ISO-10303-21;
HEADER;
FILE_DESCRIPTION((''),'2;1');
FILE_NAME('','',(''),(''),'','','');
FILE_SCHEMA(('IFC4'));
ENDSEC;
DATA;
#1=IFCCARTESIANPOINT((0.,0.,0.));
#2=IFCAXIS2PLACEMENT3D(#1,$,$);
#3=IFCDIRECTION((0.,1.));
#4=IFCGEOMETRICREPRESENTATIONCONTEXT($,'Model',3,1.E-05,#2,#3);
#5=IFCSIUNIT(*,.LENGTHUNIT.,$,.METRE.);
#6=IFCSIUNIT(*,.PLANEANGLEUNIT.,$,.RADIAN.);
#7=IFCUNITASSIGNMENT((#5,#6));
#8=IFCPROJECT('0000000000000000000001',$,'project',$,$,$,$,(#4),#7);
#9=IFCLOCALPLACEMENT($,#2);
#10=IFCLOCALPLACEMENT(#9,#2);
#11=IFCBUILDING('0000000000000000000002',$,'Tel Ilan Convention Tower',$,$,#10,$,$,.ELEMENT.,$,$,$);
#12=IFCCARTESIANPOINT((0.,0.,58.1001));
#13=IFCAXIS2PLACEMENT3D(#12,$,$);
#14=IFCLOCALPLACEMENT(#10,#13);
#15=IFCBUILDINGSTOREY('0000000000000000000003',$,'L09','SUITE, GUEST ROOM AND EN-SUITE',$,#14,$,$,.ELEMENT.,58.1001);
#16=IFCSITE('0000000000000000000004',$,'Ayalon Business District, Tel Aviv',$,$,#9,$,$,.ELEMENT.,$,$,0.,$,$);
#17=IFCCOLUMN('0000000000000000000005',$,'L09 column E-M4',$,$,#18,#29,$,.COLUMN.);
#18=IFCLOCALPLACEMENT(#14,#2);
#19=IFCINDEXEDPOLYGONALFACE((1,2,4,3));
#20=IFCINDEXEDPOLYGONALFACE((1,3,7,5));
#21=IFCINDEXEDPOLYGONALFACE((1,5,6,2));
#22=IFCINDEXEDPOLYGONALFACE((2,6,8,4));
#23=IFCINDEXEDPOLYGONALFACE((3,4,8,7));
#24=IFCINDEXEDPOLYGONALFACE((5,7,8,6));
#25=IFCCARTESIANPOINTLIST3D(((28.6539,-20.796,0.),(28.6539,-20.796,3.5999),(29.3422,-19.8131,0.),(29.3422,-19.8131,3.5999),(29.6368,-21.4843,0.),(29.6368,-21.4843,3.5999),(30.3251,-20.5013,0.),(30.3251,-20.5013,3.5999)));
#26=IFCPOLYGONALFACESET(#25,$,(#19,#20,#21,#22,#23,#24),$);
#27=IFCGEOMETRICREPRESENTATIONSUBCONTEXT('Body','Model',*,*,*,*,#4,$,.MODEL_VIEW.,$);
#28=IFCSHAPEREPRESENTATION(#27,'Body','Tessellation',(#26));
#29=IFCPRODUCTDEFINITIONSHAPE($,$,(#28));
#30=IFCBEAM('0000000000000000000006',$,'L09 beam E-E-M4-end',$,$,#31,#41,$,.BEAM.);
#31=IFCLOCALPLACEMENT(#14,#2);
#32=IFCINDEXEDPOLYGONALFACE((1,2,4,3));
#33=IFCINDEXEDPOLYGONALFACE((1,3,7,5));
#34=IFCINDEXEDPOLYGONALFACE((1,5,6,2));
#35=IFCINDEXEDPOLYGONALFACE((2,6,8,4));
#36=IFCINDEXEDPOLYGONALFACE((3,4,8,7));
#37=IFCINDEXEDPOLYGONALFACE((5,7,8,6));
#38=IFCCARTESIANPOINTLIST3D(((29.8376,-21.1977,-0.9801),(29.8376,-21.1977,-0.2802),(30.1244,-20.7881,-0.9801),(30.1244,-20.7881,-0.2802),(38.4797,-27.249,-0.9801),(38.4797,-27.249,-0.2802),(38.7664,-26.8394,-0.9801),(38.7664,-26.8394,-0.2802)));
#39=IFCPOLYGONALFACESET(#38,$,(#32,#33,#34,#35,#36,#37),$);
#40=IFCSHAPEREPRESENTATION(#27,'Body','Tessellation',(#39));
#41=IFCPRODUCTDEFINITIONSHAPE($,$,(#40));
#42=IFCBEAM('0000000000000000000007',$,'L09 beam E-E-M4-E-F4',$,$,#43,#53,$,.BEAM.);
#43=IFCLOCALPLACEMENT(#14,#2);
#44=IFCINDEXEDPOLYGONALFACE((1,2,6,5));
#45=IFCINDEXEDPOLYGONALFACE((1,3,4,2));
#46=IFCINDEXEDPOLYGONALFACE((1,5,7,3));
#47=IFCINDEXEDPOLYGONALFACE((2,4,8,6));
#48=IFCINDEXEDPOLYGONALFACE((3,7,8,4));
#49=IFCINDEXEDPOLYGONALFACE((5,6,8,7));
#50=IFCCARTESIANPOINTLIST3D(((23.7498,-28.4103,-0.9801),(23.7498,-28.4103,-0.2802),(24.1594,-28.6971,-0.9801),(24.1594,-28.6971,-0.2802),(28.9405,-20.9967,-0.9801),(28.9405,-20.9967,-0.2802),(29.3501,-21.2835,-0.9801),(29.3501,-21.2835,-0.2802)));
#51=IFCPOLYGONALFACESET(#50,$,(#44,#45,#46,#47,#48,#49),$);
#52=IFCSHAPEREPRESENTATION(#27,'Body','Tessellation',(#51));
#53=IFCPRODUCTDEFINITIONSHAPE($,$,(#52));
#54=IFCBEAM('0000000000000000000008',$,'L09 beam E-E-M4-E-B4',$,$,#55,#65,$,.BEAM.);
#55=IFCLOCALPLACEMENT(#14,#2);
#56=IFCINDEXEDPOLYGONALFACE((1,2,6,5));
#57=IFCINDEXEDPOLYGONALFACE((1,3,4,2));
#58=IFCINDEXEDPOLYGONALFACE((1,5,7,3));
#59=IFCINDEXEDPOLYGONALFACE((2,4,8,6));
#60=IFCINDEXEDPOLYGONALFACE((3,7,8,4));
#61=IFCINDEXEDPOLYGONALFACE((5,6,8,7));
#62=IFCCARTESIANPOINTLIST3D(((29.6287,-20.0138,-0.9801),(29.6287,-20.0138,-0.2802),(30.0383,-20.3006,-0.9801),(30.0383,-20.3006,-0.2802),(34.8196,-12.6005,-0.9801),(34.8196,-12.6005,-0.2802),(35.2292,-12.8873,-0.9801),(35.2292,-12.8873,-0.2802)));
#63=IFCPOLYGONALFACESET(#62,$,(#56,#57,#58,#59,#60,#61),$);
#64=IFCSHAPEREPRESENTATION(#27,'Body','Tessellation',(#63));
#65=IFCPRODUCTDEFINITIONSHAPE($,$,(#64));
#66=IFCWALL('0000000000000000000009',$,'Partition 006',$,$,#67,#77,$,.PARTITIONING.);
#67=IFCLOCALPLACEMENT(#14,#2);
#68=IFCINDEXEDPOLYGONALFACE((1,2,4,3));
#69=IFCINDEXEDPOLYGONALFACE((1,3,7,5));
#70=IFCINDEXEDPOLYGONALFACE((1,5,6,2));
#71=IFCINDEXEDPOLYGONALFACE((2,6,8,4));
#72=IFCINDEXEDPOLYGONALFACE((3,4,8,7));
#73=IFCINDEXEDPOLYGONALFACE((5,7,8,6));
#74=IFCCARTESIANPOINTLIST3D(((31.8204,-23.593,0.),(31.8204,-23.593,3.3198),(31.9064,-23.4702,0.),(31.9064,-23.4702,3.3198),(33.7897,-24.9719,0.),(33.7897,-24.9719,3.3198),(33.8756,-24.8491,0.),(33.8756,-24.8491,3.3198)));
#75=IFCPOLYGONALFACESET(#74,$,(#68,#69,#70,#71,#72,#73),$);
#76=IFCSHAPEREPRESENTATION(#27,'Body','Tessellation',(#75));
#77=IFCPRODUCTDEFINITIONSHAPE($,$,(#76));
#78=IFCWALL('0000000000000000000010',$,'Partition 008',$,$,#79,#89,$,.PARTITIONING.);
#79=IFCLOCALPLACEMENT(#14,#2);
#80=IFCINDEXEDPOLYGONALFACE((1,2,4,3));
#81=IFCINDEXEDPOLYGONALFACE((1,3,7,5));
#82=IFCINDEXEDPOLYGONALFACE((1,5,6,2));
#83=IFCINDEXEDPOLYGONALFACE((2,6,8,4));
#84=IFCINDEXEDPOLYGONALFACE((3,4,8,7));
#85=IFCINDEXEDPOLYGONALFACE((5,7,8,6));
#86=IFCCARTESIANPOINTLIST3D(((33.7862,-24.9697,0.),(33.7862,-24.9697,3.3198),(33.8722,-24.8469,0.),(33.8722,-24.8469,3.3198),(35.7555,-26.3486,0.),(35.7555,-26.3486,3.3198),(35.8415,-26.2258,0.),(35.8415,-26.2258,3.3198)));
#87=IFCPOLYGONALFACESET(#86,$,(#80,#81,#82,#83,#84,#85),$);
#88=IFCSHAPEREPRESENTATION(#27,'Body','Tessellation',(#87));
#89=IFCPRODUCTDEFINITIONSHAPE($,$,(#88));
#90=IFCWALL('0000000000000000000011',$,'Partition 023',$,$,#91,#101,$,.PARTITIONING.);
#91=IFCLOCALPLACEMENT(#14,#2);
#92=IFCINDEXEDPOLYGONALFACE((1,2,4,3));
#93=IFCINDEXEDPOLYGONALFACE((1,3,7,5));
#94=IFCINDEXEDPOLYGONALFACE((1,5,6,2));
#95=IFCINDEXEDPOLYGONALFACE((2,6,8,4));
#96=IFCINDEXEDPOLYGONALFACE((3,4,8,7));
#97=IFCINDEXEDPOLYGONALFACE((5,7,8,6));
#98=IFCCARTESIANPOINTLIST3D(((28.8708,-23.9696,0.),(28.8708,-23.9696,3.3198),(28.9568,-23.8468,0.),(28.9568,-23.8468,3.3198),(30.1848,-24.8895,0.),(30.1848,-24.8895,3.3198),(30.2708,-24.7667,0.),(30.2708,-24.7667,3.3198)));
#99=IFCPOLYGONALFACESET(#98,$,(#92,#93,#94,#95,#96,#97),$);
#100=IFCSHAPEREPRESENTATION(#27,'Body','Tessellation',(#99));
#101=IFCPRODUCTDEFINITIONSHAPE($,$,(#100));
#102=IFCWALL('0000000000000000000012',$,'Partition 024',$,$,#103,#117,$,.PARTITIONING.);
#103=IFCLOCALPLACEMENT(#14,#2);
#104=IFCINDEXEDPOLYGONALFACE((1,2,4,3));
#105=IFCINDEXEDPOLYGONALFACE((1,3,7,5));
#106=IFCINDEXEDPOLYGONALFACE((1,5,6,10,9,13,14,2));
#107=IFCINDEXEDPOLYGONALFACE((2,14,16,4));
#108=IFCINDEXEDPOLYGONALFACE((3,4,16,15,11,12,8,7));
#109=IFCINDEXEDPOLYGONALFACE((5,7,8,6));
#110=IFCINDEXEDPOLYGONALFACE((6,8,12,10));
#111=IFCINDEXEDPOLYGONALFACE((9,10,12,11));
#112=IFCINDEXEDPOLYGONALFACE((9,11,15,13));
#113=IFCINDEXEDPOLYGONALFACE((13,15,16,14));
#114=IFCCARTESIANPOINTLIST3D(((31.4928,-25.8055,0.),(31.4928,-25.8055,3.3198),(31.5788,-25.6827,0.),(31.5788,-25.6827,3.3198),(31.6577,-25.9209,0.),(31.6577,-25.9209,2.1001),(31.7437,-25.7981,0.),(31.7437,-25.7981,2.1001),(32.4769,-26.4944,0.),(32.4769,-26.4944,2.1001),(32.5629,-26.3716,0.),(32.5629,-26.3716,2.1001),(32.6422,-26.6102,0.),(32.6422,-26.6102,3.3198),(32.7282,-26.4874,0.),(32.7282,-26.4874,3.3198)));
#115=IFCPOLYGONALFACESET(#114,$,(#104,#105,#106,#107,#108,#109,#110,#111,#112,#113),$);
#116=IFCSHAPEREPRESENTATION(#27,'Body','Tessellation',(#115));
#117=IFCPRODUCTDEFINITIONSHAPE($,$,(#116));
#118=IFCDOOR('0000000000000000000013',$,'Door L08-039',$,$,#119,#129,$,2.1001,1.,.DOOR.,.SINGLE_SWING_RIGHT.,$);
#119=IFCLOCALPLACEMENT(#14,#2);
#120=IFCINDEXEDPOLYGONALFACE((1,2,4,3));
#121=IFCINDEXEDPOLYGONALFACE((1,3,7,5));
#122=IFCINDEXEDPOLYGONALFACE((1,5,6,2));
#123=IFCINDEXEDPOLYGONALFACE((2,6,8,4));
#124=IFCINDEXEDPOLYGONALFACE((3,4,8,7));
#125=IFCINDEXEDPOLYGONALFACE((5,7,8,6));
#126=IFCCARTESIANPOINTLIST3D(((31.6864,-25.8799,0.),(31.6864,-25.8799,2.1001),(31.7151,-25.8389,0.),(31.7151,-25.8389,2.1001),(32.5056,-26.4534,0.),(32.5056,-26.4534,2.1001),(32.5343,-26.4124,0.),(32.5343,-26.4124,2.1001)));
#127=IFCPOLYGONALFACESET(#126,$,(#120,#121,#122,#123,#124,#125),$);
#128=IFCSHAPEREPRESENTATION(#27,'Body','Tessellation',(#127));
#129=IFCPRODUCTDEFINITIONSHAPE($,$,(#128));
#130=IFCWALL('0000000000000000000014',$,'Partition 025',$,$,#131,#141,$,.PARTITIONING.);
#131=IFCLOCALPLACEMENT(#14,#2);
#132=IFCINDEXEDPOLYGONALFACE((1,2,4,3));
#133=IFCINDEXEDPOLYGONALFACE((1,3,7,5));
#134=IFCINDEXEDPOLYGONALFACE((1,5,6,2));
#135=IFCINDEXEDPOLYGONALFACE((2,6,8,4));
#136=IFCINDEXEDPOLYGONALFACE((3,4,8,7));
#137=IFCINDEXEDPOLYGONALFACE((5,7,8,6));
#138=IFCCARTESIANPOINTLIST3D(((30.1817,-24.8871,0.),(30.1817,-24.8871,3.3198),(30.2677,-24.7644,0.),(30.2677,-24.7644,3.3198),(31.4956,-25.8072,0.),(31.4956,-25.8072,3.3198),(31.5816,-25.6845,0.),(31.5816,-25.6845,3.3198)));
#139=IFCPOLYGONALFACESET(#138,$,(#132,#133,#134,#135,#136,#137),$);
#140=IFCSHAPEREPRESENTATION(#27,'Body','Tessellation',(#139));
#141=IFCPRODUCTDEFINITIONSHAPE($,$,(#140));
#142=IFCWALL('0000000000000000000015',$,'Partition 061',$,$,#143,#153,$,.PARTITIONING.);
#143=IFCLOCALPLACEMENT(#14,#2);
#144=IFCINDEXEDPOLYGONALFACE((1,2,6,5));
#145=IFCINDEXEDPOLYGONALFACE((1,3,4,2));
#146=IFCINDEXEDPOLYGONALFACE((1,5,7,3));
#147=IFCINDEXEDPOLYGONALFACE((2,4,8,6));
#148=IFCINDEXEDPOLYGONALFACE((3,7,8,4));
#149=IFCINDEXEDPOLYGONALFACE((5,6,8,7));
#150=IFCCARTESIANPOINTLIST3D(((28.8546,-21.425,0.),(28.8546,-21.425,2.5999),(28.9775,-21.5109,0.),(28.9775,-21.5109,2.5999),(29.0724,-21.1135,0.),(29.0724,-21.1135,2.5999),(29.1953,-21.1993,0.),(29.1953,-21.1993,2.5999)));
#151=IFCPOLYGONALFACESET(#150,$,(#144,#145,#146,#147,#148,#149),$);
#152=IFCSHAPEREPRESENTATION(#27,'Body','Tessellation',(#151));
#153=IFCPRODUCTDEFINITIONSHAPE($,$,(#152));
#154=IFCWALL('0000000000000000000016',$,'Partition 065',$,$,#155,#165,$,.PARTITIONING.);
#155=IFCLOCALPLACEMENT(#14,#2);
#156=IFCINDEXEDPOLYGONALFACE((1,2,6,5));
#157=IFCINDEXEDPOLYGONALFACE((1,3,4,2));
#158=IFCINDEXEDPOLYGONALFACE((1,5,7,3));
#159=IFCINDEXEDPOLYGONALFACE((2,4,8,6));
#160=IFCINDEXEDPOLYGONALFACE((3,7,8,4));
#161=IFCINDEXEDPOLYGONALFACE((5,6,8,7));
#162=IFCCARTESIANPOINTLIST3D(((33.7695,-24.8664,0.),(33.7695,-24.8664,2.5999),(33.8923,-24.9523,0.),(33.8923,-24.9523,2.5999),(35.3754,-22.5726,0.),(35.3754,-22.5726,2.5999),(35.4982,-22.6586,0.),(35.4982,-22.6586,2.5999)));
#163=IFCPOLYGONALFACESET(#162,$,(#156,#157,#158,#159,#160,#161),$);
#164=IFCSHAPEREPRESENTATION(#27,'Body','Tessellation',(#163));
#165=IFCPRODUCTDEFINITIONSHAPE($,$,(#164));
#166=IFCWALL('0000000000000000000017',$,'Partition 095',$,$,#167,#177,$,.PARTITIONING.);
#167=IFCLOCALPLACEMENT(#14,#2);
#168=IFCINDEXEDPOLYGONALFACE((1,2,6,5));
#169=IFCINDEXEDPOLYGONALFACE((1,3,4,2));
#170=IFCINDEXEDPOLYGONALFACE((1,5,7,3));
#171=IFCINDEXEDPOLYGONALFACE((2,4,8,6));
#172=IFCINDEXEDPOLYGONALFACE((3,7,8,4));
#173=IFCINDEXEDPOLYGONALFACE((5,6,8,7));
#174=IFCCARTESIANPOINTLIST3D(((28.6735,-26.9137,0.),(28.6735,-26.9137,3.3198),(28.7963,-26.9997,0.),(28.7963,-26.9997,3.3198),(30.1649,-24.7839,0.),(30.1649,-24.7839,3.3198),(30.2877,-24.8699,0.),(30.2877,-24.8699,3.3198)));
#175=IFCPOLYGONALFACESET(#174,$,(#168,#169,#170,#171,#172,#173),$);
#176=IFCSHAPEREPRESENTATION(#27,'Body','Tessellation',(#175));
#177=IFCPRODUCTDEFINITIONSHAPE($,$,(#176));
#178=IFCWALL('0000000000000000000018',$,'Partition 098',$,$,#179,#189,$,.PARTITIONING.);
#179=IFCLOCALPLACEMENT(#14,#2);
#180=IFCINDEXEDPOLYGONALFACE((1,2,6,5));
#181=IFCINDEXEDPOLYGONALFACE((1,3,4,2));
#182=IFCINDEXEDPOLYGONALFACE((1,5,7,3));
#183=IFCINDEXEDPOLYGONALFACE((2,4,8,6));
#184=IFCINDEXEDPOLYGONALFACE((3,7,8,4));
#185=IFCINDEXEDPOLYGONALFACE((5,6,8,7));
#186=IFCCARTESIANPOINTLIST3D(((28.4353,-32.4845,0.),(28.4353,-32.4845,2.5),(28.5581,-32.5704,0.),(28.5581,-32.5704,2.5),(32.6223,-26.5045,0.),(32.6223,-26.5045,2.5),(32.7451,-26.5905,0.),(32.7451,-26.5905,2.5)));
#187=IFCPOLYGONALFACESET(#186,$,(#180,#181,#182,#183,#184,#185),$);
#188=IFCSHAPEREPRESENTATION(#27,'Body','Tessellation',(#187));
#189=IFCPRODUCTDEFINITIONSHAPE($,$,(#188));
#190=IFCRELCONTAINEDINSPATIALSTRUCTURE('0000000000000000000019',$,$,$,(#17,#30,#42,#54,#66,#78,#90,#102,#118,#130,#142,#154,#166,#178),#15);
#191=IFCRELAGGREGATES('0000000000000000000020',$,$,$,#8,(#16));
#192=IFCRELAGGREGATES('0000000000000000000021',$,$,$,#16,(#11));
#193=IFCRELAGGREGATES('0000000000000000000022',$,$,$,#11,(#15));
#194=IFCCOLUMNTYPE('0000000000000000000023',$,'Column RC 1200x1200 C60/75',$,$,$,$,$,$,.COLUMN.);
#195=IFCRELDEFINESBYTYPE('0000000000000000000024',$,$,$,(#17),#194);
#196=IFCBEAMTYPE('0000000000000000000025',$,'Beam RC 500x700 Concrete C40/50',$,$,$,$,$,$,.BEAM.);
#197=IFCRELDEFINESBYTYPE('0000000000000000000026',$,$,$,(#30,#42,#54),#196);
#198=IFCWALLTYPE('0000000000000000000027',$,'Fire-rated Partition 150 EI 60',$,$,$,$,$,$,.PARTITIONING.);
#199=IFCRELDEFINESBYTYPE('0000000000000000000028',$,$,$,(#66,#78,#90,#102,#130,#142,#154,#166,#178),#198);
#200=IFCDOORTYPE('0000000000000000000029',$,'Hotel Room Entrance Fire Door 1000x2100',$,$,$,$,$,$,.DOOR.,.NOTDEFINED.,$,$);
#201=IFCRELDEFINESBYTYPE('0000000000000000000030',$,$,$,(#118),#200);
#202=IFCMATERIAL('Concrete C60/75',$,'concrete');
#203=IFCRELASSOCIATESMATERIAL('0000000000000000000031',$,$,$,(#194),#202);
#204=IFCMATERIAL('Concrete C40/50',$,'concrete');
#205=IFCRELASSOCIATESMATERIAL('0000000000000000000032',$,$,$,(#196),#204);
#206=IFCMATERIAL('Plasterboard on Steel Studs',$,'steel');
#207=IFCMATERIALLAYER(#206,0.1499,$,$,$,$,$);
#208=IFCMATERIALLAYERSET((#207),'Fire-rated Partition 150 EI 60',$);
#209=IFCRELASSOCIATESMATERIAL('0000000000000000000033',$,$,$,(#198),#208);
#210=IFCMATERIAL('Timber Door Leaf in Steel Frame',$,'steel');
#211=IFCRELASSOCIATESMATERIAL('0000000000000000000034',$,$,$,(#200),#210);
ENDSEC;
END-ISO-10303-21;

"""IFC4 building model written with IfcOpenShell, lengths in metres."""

from ifc_helpers import new_model, si_unit, direction, frame, frame_2d, origin, origin_2d, place, context, subcontext, project, spatial, rectangle, extrude, material, layer, layer_set, material_profile, profile_set, type_object, element, fill, save


model = new_model("IFC4")

# Units and contexts
model_context = context("Model", 3, precision=1e-05, world=origin(), true_north=direction((0.0, 1.0)))
body_context = subcontext(model_context, "Body", "Model", "MODEL_VIEW")
ifc_project = project(units=[si_unit("LENGTHUNIT", "METRE"), si_unit("PLANEANGLEUNIT", "RADIAN")], contexts=[model_context])

# Site, building, storey
site_placement = place(None, origin())
site = spatial("IfcSite", under=ifc_project, at=site_placement, Name="Ayalon Business District, Tel Aviv", CompositionType="ELEMENT", RefElevation=0.0)
building_placement = place(site_placement, origin())
building = spatial("IfcBuilding", under=site, at=building_placement, Name="Tel Ilan Convention Tower", CompositionType="ELEMENT")
storey_placement = place(building_placement, frame((0.0, 0.0, 58.1001)))
storey = spatial("IfcBuildingStorey", under=building, at=storey_placement, Name="L09", Description="SUITE, GUEST ROOM AND EN-SUITE", CompositionType="ELEMENT", Elevation=58.1001)

# Column
ifc_material_1 = material(Name="Concrete C60/75", Category="concrete")
ifc_material_profile_1 = material_profile(ifc_material_1, rectangle(XDim=1.2, YDim=1.2, at=origin_2d()), Name="RC 1200x1200")
ifc_profile_set_1 = profile_set([ifc_material_profile_1], Name="Concrete C60/75")
column_type = type_object("IfcColumnType", Name="Column RC 1200x1200 C60/75", PredefinedType="COLUMN", material=ifc_profile_set_1)
column_placement = place(storey_placement, frame((29.4895, -20.6487, 0.0), z_axis=(0.0, 0.0, 1.0), x_axis=(0.819152, -0.573576, 0.0)))
element("IfcColumn", 1, at=column_placement, inside=storey, type_object=column_type, Name="L09 column E-M4", PredefinedType="COLUMN", context=body_context, shape_type="SweptSolid", body=[
    extrude(rectangle(XDim=1.2, YDim=1.2, at=origin_2d()), origin(), (0.0, 0.0, 1.0), 3.5999),
])

# Beams
ifc_material_2 = material(Name="Concrete C40/50", Category="concrete")
ifc_material_profile_2 = material_profile(ifc_material_2, rectangle(XDim=0.5, YDim=0.7, at=origin_2d()), Name="RC 500x700")
ifc_profile_set_2 = profile_set([ifc_material_profile_2], Name="Concrete C40/50")
beam_type = type_object("IfcBeamType", Name="Beam RC 500x700 Concrete C40/50", PredefinedType="BEAM", material=ifc_profile_set_2)
beam_placement = place(storey_placement, frame((29.981, -20.9929, -0.6301), z_axis=(0.819151, -0.573577, 0.0), x_axis=(0.573577, 0.819151, 0.0)))
element("IfcBeam", 2, at=beam_placement, inside=storey, type_object=beam_type, Name="L09 beam E-E-M4-end", PredefinedType="BEAM", context=body_context, shape_type="SweptSolid", body=[
    extrude(rectangle(XDim=0.5, YDim=0.7, at=origin_2d()), origin(), (0.0, 0.0, 1.0), 10.55),
])
for number, where, z_axis, x_axis, name in (
    (3, (29.1453, -21.1401, -0.6301), (-0.573549, -0.819171, 0.0), (0.819171, -0.573549, 0.0), "L09 beam E-E-M4-E-F4"),
    (4, (29.8335, -20.1572, -0.6301), (0.57358, 0.81915, 0.0), (-0.81915, 0.57358, 0.0), "L09 beam E-E-M4-E-B4"),
):
    element("IfcBeam", number, at=place(storey_placement, frame(where, z_axis=z_axis, x_axis=x_axis)), inside=storey, type_object=beam_type, Name=name, PredefinedType="BEAM", context=body_context, shape_type="SweptSolid", body=[
        extrude(rectangle(XDim=0.5, YDim=0.7, at=origin_2d()), origin(), (0.0, 0.0, 1.0), 9.05),
    ])

# Walls
ifc_material_3 = material(Name="Plasterboard on Steel Studs", Category="steel")
ifc_layer_1 = layer(ifc_material_3, 0.1499)
ifc_layer_set_1 = layer_set([ifc_layer_1], Name="Fire-rated Partition 150 EI 60")
wall_type_1 = type_object("IfcWallType", Name="Fire-rated Partition 150 EI 60", PredefinedType="PARTITIONING", material=ifc_layer_set_1)
for number, where, z_axis, x_axis, name in (
    (5, (31.8633, -23.5315, 0.0), (0.0, 0.0, 1.0), (0.819146, -0.573585, 0.0), "Partition 006"),
    (6, (33.8291, -24.9082, 0.0), (0.0, 0.0, 1.0), (0.819146, -0.573585, 0.0), "Partition 008"),
):
    element("IfcWall", number, at=place(storey_placement, frame(where, z_axis=z_axis, x_axis=x_axis)), inside=storey, type_object=wall_type_1, Name=name, PredefinedType="PARTITIONING", context=body_context, shape_type="SweptSolid", body=[
        extrude(rectangle(XDim=2.4041, YDim=0.1499, at=frame_2d((1.2021, 0.0))), origin(), (0.0, 0.0, 1.0), 3.3198),
    ])
wall_1_placement = place(storey_placement, frame((30.2278, -24.8281, 0.0), z_axis=(0.0, 0.0, 1.0), x_axis=(-0.819189, 0.573524, 0.0)))
element("IfcWall", 7, at=wall_1_placement, inside=storey, type_object=wall_type_1, Name="Partition 023", PredefinedType="PARTITIONING", context=body_context, shape_type="SweptSolid", body=[
    extrude(rectangle(XDim=1.604, YDim=0.1499, at=frame_2d((0.802, 0.0))), origin(), (0.0, 0.0, 1.0), 3.3198),
])

# Wall, opening, door
wall_2_placement = place(storey_placement, frame((32.6853, -26.5488, 0.0), z_axis=(0.0, 0.0, 1.0), x_axis=(-0.819199, 0.573509, 0.0)))
wall_2 = element("IfcWall", 8, at=wall_2_placement, inside=storey, type_object=wall_type_1, Name="Partition 024", PredefinedType="PARTITIONING", context=body_context, shape_type="SweptSolid", body=[
    extrude(rectangle(XDim=1.4031, YDim=0.1499, at=frame_2d((0.7017, 0.0))), origin(), (0.0, 0.0, 1.0), 3.3198),
])
opening_1_placement = place(wall_2_placement, frame((0.2019, 0.0, 0.0)))
opening_1 = element("IfcOpeningElement", 9, at=opening_1_placement, cuts=wall_2, PredefinedType="OPENING", context=body_context, shape_type="SweptSolid", body=[
    extrude(rectangle(XDim=1.0, YDim=2.1001, at=frame_2d((0.5, 1.05))), frame((0.0, 0.085, 0.0), z_axis=(0.0, -1.0, 0.0), x_axis=(1.0, 0.0, 0.0)), (0.0, 0.0, 1.0), 0.1699),
])
ifc_material_4 = material(Name="Timber Door Leaf in Steel Frame", Category="steel")
door_type_1 = type_object("IfcDoorType", Name="Hotel Room Entrance Fire Door 1000x2100", OperationType="NOTDEFINED", PredefinedType="DOOR", material=ifc_material_4)
door_1_placement = place(opening_1_placement, origin())
door_1 = element("IfcDoor", 10, at=door_1_placement, inside=storey, type_object=door_type_1, Name="Door L08-039", OperationType="SINGLE_SWING_RIGHT", OverallHeight=2.1001, OverallWidth=1.0, PredefinedType="DOOR", context=body_context, shape_type="SweptSolid", body=[
    extrude(rectangle(XDim=1.0, YDim=2.1001, at=frame_2d((0.5, 1.05))), frame((0.0, 0.0249, 0.0), z_axis=(0.0, -1.0, 0.0), x_axis=(1.0, 0.0, 0.0)), (0.0, 0.0, 1.0), 0.05),
])
fill(opening_1, door_1)

# Walls
wall_3_placement = place(storey_placement, frame((31.5386, -25.7458, 0.0), z_axis=(0.0, 0.0, 1.0), x_axis=(-0.819118, 0.573626, 0.0)))
element("IfcWall", 11, at=wall_3_placement, inside=storey, type_object=wall_type_1, Name="Partition 025", PredefinedType="PARTITIONING", context=body_context, shape_type="SweptSolid", body=[
    extrude(rectangle(XDim=1.604, YDim=0.1499, at=frame_2d((0.802, 0.0))), origin(), (0.0, 0.0, 1.0), 3.3198),
])
wall_4_placement = place(storey_placement, frame((29.1338, -21.1565, 0.0), z_axis=(0.0, 0.0, 1.0), x_axis=(-0.572945, -0.819594, 0.0)))
element("IfcWall", 12, at=wall_4_placement, inside=storey, type_object=wall_type_1, Name="Partition 061", PredefinedType="PARTITIONING", context=body_context, shape_type="SweptSolid", body=[
    extrude(rectangle(XDim=0.3801, YDim=0.1499, at=frame_2d((0.1899, 0.0))), origin(), (0.0, 0.0, 1.0), 2.5999),
])
wall_5_placement = place(storey_placement, frame((35.4368, -22.6157, 0.0), z_axis=(0.0, 0.0, 1.0), x_axis=(-0.57355, -0.81917, 0.0)))
element("IfcWall", 13, at=wall_5_placement, inside=storey, type_object=wall_type_1, Name="Partition 065", PredefinedType="PARTITIONING", context=body_context, shape_type="SweptSolid", body=[
    extrude(rectangle(XDim=2.8, YDim=0.1499, at=frame_2d((1.3999, 0.0))), origin(), (0.0, 0.0, 1.0), 2.5999),
])
wall_6_placement = place(storey_placement, frame((30.2263, -24.8269, 0.0), z_axis=(0.0, 0.0, 1.0), x_axis=(-0.573601, -0.819135, 0.0)))
element("IfcWall", 14, at=wall_6_placement, inside=storey, type_object=wall_type_1, Name="Partition 095", PredefinedType="PARTITIONING", context=body_context, shape_type="SweptSolid", body=[
    extrude(rectangle(XDim=2.6001, YDim=0.1499, at=frame_2d((1.3, 0.0))), origin(), (0.0, 0.0, 1.0), 3.3198),
])
wall_7_placement = place(storey_placement, frame((32.6836, -26.5476, 0.0), z_axis=(0.0, 0.0, 1.0), x_axis=(-0.573557, -0.819166, 0.0)))
element("IfcWall", 15, at=wall_7_placement, inside=storey, type_object=wall_type_1, Name="Partition 098", PredefinedType="PARTITIONING", context=body_context, shape_type="SweptSolid", body=[
    extrude(rectangle(XDim=7.3, YDim=0.1499, at=frame_2d((3.6499, 0.0))), origin(), (0.0, 0.0, 1.0), 2.5),
])

save(model, "model.ifc")
